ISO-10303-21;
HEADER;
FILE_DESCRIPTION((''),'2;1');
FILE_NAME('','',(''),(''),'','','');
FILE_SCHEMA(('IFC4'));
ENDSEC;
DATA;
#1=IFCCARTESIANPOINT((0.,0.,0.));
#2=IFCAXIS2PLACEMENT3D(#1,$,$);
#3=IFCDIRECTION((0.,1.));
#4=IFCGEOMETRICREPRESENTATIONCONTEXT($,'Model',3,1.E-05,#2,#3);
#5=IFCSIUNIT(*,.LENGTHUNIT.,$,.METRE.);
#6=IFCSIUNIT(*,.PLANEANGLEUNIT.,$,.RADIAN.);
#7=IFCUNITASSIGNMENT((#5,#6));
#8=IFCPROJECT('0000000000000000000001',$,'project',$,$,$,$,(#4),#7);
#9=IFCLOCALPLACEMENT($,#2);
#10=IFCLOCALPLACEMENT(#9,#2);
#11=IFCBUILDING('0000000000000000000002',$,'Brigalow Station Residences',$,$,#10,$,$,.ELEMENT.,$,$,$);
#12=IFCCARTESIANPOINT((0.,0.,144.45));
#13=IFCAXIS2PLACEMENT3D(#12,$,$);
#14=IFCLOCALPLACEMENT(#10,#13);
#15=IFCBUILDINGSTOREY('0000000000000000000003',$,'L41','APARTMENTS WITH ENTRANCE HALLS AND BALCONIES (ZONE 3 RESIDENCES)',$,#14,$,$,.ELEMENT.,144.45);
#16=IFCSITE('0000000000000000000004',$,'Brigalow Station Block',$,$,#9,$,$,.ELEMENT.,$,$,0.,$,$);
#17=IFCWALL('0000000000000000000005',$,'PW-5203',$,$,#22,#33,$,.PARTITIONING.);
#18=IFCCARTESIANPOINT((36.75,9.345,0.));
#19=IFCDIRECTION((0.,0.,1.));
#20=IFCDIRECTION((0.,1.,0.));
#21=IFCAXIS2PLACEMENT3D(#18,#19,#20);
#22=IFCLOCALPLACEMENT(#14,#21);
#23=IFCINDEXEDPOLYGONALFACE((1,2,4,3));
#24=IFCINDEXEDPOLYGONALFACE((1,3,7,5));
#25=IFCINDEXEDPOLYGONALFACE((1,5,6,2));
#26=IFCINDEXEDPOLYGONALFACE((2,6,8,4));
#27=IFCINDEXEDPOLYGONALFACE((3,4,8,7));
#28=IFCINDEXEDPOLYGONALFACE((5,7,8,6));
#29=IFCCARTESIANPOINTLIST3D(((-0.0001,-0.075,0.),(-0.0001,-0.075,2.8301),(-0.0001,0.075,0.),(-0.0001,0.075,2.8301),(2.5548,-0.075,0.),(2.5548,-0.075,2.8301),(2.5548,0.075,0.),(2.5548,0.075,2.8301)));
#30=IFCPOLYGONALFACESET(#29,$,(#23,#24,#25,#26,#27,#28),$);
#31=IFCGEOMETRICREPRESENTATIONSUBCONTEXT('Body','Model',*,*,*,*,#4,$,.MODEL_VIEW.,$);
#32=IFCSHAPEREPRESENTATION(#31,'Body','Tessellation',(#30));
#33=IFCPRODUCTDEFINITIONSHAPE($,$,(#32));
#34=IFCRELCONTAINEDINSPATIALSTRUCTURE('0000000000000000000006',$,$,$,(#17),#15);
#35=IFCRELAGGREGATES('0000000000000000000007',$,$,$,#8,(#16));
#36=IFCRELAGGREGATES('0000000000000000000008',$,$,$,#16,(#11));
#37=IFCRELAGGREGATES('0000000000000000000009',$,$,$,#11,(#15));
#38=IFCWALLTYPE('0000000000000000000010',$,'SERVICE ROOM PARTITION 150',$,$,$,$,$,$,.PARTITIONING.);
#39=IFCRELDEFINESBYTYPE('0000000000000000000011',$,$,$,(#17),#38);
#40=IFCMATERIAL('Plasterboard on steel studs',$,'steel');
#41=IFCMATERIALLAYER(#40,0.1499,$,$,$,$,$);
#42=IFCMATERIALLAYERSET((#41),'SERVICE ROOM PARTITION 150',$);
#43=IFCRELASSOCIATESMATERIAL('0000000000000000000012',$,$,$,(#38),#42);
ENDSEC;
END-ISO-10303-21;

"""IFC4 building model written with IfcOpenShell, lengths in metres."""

from ifc_helpers import new_model, si_unit, direction, frame, frame_2d, origin, place, context, subcontext, project, spatial, rectangle, extrude, material, layer, layer_set, type_object, element, save


model = new_model("IFC4")

# Units and contexts
model_context = context("Model", 3, precision=1e-05, world=origin(), true_north=direction((0.0, 1.0)))
body_context = subcontext(model_context, "Body", "Model", "MODEL_VIEW")
ifc_project = project(units=[si_unit("LENGTHUNIT", "METRE"), si_unit("PLANEANGLEUNIT", "RADIAN")], contexts=[model_context])

# Site, building, storey
site_placement = place(None, origin())
site = spatial("IfcSite", under=ifc_project, at=site_placement, Name="Brigalow Station Block", CompositionType="ELEMENT", RefElevation=0.0)
building_placement = place(site_placement, origin())
building = spatial("IfcBuilding", under=site, at=building_placement, Name="Brigalow Station Residences", CompositionType="ELEMENT")
storey_placement = place(building_placement, frame((0.0, 0.0, 144.45)))
storey = spatial("IfcBuildingStorey", under=building, at=storey_placement, Name="L41", Description="APARTMENTS WITH ENTRANCE HALLS AND BALCONIES (ZONE 3 RESIDENCES)", CompositionType="ELEMENT", Elevation=144.45)

# Shared definitions
ifc_material_1 = material(Name="Plasterboard on steel studs", Category="steel")
ifc_layer_1 = layer(ifc_material_1, 0.1499)
ifc_layer_set_1 = layer_set([ifc_layer_1], Name="SERVICE ROOM PARTITION 150")
wall_type_1 = type_object("IfcWallType", Name="SERVICE ROOM PARTITION 150", PredefinedType="PARTITIONING", material=ifc_layer_set_1)

# Wall
wall_1_placement = place(storey_placement, frame((36.75, 9.345, 0.0), z_axis=(0.0, 0.0, 1.0), x_axis=(0.0, 1.0, 0.0)))
element("IfcWall", 1, at=wall_1_placement, inside=storey, type_object=wall_type_1, Name="PW-5203", PredefinedType="PARTITIONING", context=body_context, shape_type="SweptSolid", body=[
    extrude(rectangle(XDim=2.5549, YDim=0.1499, at=frame_2d((1.2773, 0.0))), origin(), (0.0, 0.0, 1.0), 2.8301),
])

save(model, "model.ifc")
